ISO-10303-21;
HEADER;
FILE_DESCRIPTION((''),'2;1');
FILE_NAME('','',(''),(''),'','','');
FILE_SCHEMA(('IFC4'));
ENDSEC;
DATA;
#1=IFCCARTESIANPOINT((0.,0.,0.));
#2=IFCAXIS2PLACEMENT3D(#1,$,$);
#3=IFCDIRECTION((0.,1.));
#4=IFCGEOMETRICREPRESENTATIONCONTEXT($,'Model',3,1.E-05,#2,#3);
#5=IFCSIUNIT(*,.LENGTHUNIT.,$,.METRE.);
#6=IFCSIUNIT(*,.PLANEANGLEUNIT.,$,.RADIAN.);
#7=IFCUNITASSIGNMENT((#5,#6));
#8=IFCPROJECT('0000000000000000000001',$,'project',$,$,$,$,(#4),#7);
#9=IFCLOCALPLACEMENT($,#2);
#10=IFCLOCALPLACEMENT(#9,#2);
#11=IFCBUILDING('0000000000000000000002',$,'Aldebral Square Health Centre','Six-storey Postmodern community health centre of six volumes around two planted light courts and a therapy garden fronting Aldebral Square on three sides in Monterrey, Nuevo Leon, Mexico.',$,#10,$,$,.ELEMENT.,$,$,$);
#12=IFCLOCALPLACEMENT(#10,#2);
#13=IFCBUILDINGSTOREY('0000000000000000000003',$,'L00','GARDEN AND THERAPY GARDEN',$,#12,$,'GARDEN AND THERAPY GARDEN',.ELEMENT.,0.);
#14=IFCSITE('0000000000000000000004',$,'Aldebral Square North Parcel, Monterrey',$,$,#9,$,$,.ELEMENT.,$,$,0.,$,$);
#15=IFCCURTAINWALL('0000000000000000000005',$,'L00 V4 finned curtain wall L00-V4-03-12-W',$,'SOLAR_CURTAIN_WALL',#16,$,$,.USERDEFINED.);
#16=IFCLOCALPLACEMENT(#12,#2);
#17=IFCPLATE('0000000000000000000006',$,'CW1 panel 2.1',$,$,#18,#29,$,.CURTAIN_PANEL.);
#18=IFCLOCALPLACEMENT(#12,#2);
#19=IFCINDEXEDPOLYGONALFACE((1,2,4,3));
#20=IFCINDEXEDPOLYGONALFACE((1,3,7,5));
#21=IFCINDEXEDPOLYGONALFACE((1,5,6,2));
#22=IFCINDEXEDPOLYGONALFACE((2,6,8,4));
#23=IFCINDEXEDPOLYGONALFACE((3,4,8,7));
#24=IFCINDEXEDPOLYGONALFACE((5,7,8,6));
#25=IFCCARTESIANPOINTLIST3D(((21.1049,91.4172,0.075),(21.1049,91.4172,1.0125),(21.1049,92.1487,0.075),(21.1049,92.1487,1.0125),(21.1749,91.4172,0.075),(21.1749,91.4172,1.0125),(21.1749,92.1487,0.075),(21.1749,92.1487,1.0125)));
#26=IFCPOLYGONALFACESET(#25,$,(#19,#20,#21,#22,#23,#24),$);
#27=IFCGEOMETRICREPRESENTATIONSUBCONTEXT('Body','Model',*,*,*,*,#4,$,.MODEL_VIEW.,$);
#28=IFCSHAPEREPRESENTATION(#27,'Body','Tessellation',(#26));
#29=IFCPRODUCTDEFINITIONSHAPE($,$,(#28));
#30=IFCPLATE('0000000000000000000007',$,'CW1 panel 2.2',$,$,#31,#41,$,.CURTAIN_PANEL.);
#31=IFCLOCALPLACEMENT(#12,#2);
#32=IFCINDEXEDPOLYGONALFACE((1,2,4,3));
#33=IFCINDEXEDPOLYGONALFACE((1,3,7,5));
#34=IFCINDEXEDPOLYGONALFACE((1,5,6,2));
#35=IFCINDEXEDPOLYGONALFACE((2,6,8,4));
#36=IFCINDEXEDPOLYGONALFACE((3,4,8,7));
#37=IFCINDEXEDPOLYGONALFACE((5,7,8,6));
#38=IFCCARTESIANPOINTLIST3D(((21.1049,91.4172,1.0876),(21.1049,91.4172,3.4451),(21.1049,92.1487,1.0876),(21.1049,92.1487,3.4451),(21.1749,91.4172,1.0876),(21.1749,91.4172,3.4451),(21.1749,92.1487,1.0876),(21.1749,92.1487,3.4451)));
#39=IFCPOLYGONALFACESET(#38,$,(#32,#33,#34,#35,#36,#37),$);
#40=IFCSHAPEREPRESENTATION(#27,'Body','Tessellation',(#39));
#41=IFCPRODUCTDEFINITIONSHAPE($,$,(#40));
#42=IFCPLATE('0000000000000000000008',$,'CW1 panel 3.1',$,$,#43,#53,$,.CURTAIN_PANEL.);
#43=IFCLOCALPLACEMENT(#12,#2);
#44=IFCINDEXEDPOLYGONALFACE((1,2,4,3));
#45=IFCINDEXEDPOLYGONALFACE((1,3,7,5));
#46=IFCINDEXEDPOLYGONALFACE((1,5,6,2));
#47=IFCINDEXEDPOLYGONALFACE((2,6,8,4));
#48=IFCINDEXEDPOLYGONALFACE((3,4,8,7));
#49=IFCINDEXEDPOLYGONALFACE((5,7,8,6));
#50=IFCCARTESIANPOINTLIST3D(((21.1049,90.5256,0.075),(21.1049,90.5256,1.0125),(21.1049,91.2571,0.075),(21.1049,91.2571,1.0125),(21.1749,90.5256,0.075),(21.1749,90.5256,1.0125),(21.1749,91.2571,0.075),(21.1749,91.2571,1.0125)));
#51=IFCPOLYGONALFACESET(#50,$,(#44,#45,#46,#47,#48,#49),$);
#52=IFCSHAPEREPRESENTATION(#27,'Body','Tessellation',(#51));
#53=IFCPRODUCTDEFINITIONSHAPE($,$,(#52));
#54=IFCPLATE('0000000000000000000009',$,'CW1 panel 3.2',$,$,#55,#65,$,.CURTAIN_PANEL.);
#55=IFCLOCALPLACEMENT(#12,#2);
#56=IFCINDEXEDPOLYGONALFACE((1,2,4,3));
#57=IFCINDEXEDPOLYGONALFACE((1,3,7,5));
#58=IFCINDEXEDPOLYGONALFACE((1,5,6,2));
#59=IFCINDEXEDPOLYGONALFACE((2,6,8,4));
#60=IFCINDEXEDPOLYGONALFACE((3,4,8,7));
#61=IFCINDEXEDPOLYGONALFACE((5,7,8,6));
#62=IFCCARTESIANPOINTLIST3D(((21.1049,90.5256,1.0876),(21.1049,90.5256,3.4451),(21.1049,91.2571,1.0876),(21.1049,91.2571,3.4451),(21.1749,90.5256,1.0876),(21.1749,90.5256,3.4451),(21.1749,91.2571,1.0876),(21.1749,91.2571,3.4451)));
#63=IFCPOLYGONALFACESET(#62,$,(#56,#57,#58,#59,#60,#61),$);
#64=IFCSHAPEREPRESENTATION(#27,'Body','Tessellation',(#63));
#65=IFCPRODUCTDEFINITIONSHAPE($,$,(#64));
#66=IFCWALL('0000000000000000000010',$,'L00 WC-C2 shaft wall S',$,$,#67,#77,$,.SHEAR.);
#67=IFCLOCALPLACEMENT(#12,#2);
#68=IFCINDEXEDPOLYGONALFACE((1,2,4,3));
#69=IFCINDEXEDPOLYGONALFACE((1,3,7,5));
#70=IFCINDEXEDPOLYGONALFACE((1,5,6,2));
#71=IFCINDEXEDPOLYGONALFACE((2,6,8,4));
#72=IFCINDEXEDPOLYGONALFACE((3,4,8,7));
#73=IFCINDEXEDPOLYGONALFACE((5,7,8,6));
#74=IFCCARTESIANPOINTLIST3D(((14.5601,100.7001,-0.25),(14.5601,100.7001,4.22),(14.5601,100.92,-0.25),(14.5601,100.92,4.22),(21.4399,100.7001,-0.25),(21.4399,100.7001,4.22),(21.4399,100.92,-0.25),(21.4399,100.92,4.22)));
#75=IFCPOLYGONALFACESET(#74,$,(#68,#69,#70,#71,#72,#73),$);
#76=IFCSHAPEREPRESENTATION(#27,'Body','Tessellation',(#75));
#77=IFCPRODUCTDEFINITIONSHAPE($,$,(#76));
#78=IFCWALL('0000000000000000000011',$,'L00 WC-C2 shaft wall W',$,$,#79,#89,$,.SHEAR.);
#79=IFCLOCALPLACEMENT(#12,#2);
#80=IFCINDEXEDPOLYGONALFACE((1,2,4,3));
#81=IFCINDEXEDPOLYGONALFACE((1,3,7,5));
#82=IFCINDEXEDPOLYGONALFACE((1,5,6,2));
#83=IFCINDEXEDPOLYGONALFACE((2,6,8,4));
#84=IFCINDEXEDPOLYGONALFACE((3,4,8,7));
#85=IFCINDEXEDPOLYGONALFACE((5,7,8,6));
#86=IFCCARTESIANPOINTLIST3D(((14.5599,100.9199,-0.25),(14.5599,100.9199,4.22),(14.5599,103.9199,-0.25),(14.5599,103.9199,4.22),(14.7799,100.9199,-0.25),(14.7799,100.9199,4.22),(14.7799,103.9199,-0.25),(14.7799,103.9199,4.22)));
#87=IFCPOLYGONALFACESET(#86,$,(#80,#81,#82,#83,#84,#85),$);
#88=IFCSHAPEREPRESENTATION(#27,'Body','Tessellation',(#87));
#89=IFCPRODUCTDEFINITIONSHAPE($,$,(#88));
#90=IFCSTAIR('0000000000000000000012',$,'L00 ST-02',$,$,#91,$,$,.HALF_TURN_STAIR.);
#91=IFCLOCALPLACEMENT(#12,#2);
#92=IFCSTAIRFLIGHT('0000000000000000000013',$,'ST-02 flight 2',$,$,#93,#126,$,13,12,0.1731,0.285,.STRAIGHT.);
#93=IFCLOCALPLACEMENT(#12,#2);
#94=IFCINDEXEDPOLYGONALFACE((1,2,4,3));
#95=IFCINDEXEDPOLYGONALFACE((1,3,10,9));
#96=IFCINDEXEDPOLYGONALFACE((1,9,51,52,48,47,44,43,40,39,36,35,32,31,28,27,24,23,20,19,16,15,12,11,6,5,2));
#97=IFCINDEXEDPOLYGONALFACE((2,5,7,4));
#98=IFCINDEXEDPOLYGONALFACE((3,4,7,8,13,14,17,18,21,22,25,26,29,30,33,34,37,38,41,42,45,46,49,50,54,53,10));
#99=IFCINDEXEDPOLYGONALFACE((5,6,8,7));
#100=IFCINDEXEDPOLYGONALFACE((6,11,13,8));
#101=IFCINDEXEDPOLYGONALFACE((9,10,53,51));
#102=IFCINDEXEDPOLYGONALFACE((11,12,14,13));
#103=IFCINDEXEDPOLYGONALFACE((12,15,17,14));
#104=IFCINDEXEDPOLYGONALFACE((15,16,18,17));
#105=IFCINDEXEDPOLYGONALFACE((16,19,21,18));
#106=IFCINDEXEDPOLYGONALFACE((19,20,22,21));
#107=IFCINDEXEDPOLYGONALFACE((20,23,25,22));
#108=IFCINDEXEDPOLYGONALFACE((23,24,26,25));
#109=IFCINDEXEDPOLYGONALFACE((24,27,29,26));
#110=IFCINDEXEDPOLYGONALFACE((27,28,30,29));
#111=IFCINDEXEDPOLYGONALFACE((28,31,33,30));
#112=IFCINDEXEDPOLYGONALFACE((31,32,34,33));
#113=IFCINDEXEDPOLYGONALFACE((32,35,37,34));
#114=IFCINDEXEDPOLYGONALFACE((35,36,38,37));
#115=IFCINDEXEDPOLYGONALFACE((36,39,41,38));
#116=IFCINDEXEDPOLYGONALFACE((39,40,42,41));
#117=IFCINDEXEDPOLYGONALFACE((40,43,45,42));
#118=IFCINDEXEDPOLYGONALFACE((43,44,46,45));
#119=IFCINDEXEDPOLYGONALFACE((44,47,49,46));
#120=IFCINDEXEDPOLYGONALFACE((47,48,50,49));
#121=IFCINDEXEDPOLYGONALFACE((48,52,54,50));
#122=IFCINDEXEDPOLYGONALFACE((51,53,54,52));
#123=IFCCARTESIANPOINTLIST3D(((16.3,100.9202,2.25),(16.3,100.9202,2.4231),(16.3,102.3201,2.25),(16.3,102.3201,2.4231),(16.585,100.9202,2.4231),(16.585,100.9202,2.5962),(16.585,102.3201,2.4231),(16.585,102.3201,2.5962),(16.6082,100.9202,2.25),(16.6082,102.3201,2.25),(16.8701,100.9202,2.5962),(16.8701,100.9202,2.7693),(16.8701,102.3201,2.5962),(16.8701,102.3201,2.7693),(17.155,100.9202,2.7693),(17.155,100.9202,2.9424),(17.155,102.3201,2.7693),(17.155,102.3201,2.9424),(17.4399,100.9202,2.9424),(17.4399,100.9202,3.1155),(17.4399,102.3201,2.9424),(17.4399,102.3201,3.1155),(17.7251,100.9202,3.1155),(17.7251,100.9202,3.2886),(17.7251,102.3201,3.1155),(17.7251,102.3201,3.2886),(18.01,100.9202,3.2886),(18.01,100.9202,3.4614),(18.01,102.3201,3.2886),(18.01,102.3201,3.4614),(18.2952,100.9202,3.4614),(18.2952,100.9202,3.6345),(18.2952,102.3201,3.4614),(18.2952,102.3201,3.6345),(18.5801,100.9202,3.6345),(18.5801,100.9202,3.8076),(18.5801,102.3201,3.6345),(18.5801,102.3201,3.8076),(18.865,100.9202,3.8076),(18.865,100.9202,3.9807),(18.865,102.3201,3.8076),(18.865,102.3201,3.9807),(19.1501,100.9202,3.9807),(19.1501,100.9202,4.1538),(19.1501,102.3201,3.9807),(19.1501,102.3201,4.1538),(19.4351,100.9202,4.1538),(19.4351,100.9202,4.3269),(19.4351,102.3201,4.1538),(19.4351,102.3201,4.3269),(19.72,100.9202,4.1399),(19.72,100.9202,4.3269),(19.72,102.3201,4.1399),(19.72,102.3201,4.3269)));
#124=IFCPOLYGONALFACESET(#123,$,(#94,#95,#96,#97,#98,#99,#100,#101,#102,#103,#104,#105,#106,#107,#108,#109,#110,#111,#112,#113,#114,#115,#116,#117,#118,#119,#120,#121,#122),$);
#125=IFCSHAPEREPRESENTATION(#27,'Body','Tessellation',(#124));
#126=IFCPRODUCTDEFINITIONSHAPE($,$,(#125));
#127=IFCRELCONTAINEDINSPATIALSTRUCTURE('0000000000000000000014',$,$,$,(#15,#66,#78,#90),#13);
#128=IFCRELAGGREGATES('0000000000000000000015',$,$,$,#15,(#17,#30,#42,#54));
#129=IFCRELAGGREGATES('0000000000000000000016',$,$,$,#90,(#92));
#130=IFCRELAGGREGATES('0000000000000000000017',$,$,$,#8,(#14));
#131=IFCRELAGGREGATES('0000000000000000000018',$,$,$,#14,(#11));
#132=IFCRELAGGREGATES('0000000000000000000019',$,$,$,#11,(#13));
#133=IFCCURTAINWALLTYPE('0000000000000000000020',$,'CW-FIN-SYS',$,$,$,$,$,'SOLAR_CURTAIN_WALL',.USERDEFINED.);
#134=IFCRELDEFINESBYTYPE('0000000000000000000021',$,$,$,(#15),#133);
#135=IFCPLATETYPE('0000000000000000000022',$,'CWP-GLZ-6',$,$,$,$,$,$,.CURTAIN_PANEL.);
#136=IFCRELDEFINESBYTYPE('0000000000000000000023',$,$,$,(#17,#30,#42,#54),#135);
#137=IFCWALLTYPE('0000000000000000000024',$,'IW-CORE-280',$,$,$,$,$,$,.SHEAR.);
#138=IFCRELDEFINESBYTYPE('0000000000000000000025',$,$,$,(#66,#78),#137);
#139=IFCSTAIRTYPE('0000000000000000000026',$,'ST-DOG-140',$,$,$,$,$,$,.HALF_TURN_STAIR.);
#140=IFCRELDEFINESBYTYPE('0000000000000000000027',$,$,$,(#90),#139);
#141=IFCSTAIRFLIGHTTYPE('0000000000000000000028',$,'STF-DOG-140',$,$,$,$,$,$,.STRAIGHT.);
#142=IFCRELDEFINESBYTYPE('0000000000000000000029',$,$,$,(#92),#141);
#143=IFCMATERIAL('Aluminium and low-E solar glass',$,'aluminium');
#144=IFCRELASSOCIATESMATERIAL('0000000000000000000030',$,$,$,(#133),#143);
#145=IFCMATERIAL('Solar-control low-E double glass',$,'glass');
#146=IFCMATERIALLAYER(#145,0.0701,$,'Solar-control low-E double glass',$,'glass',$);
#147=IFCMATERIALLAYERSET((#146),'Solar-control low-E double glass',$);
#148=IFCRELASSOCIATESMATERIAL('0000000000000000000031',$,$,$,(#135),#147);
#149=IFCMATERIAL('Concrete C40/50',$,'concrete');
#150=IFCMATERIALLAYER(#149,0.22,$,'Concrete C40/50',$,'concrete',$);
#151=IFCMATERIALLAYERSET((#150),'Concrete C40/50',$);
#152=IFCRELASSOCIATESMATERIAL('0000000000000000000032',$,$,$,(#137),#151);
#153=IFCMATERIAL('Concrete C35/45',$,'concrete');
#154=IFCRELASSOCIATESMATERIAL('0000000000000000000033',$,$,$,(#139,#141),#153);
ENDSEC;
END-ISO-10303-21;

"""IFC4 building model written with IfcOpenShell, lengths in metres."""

from ifc_helpers import new_model, si_unit, direction, frame, frame_2d, origin, origin_2d, place, context, subcontext, project, spatial, polyline, rectangle, outline, extrude, material, layer, layer_set, type_object, element, aggregate, save


model = new_model("IFC4")

# Units and contexts
model_context = context("Model", 3, precision=1e-05, world=origin(), true_north=direction((0.0, 1.0)))
body_context = subcontext(model_context, "Body", "Model", "MODEL_VIEW")
ifc_project = project(units=[si_unit("LENGTHUNIT", "METRE"), si_unit("PLANEANGLEUNIT", "RADIAN")], contexts=[model_context])

# Site, building, storey
site_placement = place(None, origin())
site = spatial("IfcSite", under=ifc_project, at=site_placement, Name="Aldebral Square North Parcel, Monterrey", CompositionType="ELEMENT", RefElevation=0.0)
building_placement = place(site_placement, origin())
building = spatial("IfcBuilding", under=site, at=building_placement, Name="Aldebral Square Health Centre", Description="Six-storey Postmodern community health centre of six volumes around two planted light courts and a therapy garden fronting Aldebral Square on three sides in Monterrey, Nuevo Leon, Mexico.", CompositionType="ELEMENT")
storey_placement = place(building_placement, origin())
storey = spatial("IfcBuildingStorey", under=building, at=storey_placement, Name="L00", Description="GARDEN AND THERAPY GARDEN", LongName="GARDEN AND THERAPY GARDEN", CompositionType="ELEMENT", Elevation=0.0)

# Shared definitions
ifc_material_1 = material(Name="Concrete C35/45", Category="concrete")

# Shared definitions
ifc_material_2 = material(Name="Concrete C40/50", Category="concrete")

# Curtain wall, plates
ifc_material_3 = material(Name="Aluminium and low-E solar glass", Category="aluminium")
curtain_wall_type = type_object("IfcCurtainWallType", Name="CW-FIN-SYS", ElementType="SOLAR_CURTAIN_WALL", PredefinedType="USERDEFINED", material=ifc_material_3)
curtain_wall_placement = place(storey_placement, origin())
curtain_wall = element("IfcCurtainWall", 1, at=curtain_wall_placement, inside=storey, type_object=curtain_wall_type, Name="L00 V4 finned curtain wall L00-V4-03-12-W", ObjectType="SOLAR_CURTAIN_WALL", PredefinedType="USERDEFINED")
ifc_material_4 = material(Name="Solar-control low-E double glass", Category="glass")
ifc_layer_1 = layer(ifc_material_4, 0.0701, Name="Solar-control low-E double glass", Category="glass")
ifc_layer_set_1 = layer_set([ifc_layer_1], Name="Solar-control low-E double glass")
plate_type = type_object("IfcPlateType", Name="CWP-GLZ-6", PredefinedType="CURTAIN_PANEL", material=ifc_layer_set_1)
plate_1_placement = place(storey_placement, frame((21.1399, 91.783, 0.075), z_axis=(0.0, 0.0, 1.0), x_axis=(0.0, -1.0, 0.0)))
plate_1 = element("IfcPlate", 2, at=plate_1_placement, type_object=plate_type, Name="CW1 panel 2.1", PredefinedType="CURTAIN_PANEL", context=body_context, shape_type="SweptSolid", body=[
    extrude(rectangle(XDim=0.7314, YDim=0.0701, at=origin_2d()), origin(), (0.0, 0.0, 1.0), 0.9375),
])
plate_2_placement = place(storey_placement, frame((21.1399, 91.783, 1.0876), z_axis=(0.0, 0.0, 1.0), x_axis=(0.0, -1.0, 0.0)))
plate_2 = element("IfcPlate", 3, at=plate_2_placement, type_object=plate_type, Name="CW1 panel 2.2", PredefinedType="CURTAIN_PANEL", context=body_context, shape_type="SweptSolid", body=[
    extrude(rectangle(XDim=0.7314, YDim=0.0701, at=origin_2d()), origin(), (0.0, 0.0, 1.0), 2.3574),
])
plate_3_placement = place(storey_placement, frame((21.1399, 90.8914, 0.075), z_axis=(0.0, 0.0, 1.0), x_axis=(0.0, -1.0, 0.0)))
plate_3 = element("IfcPlate", 4, at=plate_3_placement, type_object=plate_type, Name="CW1 panel 3.1", PredefinedType="CURTAIN_PANEL", context=body_context, shape_type="SweptSolid", body=[
    extrude(rectangle(XDim=0.7314, YDim=0.0701, at=origin_2d()), origin(), (0.0, 0.0, 1.0), 0.9375),
])
plate_4_placement = place(storey_placement, frame((21.1399, 90.8914, 1.0876), z_axis=(0.0, 0.0, 1.0), x_axis=(0.0, -1.0, 0.0)))
plate_4 = element("IfcPlate", 5, at=plate_4_placement, type_object=plate_type, Name="CW1 panel 3.2", PredefinedType="CURTAIN_PANEL", context=body_context, shape_type="SweptSolid", body=[
    extrude(rectangle(XDim=0.7314, YDim=0.0701, at=origin_2d()), origin(), (0.0, 0.0, 1.0), 2.3574),
])
aggregate(curtain_wall, [plate_1, plate_2, plate_3, plate_4])

# Walls
ifc_layer_2 = layer(ifc_material_2, 0.22, Name="Concrete C40/50", Category="concrete")
ifc_layer_set_2 = layer_set([ifc_layer_2], Name="Concrete C40/50")
wall_type = type_object("IfcWallType", Name="IW-CORE-280", PredefinedType="SHEAR", material=ifc_layer_set_2)
wall_1_placement = place(storey_placement, frame((14.5601, 100.8101, -0.25), z_axis=(0.0, 0.0, 1.0), x_axis=(1.0, 0.0, 0.0)))
element("IfcWall", 6, at=wall_1_placement, inside=storey, type_object=wall_type, Name="L00 WC-C2 shaft wall S", PredefinedType="SHEAR", context=body_context, shape_type="SweptSolid", body=[
    extrude(rectangle(XDim=6.8799, YDim=0.22, at=frame_2d((3.4399, 0.0))), origin(), (0.0, 0.0, 1.0), 4.47),
])
wall_2_placement = place(storey_placement, frame((14.6699, 100.9199, -0.25), z_axis=(0.0, 0.0, 1.0), x_axis=(0.0, 1.0, 0.0)))
element("IfcWall", 7, at=wall_2_placement, inside=storey, type_object=wall_type, Name="L00 WC-C2 shaft wall W", PredefinedType="SHEAR", context=body_context, shape_type="SweptSolid", body=[
    extrude(rectangle(XDim=3.0, YDim=0.22, at=frame_2d((1.5, 0.0))), origin(), (0.0, 0.0, 1.0), 4.47),
])

# Stair, stair flight
stair_type = type_object("IfcStairType", Name="ST-DOG-140", PredefinedType="HALF_TURN_STAIR", material=ifc_material_1)
stair_placement = place(storey_placement, origin())
stair = element("IfcStair", 8, at=stair_placement, inside=storey, type_object=stair_type, Name="L00 ST-02", PredefinedType="HALF_TURN_STAIR")
stair_flight_type = type_object("IfcStairFlightType", Name="STF-DOG-140", PredefinedType="STRAIGHT", material=ifc_material_1)
stair_flight_placement = place(storey_placement, frame((16.3, 101.6201, 2.25), z_axis=(0.0, 0.0, 1.0), x_axis=(1.0, 0.0, 0.0)))
stair_flight = element("IfcStairFlight", 9, at=stair_flight_placement, type_object=stair_flight_type, Name="ST-02 flight 2", NumberOfRisers=13, NumberOfTreads=12, PredefinedType="STRAIGHT", RiserHeight=0.1731, TreadLength=0.285, context=body_context, shape_type="SweptSolid", body=[
    extrude(outline(polyline([(0.0, 0.0), (0.0, 0.1731), (0.2849, 0.1731), (0.2849, 0.3462), (0.5701, 0.3462), (0.5701, 0.5193), (0.855, 0.5193), (0.855, 0.6924), (1.1399, 0.6924), (1.1399, 0.8655), (1.425, 0.8655), (1.425, 1.0386), (1.71, 1.0386), (1.71, 1.2114), (1.9951, 1.2114), (1.9951, 1.3845), (2.28, 1.3845), (2.28, 1.5576), (2.5649, 1.5576), (2.5649, 1.7307), (2.8501, 1.7307), (2.8501, 1.9038), (3.135, 1.9038), (3.135, 2.0769), (3.4199, 2.0769), (3.4199, 2.25), (3.4199, 1.8899), (0.3081, 0.0), (0.0, 0.0)])), frame((0.0, 0.7, 0.0), z_axis=(0.0, -1.0, 0.0), x_axis=(1.0, 0.0, 0.0)), (0.0, 0.0, 1.0), 1.3999),
])
aggregate(stair, [stair_flight])

save(model, "model.ifc")
